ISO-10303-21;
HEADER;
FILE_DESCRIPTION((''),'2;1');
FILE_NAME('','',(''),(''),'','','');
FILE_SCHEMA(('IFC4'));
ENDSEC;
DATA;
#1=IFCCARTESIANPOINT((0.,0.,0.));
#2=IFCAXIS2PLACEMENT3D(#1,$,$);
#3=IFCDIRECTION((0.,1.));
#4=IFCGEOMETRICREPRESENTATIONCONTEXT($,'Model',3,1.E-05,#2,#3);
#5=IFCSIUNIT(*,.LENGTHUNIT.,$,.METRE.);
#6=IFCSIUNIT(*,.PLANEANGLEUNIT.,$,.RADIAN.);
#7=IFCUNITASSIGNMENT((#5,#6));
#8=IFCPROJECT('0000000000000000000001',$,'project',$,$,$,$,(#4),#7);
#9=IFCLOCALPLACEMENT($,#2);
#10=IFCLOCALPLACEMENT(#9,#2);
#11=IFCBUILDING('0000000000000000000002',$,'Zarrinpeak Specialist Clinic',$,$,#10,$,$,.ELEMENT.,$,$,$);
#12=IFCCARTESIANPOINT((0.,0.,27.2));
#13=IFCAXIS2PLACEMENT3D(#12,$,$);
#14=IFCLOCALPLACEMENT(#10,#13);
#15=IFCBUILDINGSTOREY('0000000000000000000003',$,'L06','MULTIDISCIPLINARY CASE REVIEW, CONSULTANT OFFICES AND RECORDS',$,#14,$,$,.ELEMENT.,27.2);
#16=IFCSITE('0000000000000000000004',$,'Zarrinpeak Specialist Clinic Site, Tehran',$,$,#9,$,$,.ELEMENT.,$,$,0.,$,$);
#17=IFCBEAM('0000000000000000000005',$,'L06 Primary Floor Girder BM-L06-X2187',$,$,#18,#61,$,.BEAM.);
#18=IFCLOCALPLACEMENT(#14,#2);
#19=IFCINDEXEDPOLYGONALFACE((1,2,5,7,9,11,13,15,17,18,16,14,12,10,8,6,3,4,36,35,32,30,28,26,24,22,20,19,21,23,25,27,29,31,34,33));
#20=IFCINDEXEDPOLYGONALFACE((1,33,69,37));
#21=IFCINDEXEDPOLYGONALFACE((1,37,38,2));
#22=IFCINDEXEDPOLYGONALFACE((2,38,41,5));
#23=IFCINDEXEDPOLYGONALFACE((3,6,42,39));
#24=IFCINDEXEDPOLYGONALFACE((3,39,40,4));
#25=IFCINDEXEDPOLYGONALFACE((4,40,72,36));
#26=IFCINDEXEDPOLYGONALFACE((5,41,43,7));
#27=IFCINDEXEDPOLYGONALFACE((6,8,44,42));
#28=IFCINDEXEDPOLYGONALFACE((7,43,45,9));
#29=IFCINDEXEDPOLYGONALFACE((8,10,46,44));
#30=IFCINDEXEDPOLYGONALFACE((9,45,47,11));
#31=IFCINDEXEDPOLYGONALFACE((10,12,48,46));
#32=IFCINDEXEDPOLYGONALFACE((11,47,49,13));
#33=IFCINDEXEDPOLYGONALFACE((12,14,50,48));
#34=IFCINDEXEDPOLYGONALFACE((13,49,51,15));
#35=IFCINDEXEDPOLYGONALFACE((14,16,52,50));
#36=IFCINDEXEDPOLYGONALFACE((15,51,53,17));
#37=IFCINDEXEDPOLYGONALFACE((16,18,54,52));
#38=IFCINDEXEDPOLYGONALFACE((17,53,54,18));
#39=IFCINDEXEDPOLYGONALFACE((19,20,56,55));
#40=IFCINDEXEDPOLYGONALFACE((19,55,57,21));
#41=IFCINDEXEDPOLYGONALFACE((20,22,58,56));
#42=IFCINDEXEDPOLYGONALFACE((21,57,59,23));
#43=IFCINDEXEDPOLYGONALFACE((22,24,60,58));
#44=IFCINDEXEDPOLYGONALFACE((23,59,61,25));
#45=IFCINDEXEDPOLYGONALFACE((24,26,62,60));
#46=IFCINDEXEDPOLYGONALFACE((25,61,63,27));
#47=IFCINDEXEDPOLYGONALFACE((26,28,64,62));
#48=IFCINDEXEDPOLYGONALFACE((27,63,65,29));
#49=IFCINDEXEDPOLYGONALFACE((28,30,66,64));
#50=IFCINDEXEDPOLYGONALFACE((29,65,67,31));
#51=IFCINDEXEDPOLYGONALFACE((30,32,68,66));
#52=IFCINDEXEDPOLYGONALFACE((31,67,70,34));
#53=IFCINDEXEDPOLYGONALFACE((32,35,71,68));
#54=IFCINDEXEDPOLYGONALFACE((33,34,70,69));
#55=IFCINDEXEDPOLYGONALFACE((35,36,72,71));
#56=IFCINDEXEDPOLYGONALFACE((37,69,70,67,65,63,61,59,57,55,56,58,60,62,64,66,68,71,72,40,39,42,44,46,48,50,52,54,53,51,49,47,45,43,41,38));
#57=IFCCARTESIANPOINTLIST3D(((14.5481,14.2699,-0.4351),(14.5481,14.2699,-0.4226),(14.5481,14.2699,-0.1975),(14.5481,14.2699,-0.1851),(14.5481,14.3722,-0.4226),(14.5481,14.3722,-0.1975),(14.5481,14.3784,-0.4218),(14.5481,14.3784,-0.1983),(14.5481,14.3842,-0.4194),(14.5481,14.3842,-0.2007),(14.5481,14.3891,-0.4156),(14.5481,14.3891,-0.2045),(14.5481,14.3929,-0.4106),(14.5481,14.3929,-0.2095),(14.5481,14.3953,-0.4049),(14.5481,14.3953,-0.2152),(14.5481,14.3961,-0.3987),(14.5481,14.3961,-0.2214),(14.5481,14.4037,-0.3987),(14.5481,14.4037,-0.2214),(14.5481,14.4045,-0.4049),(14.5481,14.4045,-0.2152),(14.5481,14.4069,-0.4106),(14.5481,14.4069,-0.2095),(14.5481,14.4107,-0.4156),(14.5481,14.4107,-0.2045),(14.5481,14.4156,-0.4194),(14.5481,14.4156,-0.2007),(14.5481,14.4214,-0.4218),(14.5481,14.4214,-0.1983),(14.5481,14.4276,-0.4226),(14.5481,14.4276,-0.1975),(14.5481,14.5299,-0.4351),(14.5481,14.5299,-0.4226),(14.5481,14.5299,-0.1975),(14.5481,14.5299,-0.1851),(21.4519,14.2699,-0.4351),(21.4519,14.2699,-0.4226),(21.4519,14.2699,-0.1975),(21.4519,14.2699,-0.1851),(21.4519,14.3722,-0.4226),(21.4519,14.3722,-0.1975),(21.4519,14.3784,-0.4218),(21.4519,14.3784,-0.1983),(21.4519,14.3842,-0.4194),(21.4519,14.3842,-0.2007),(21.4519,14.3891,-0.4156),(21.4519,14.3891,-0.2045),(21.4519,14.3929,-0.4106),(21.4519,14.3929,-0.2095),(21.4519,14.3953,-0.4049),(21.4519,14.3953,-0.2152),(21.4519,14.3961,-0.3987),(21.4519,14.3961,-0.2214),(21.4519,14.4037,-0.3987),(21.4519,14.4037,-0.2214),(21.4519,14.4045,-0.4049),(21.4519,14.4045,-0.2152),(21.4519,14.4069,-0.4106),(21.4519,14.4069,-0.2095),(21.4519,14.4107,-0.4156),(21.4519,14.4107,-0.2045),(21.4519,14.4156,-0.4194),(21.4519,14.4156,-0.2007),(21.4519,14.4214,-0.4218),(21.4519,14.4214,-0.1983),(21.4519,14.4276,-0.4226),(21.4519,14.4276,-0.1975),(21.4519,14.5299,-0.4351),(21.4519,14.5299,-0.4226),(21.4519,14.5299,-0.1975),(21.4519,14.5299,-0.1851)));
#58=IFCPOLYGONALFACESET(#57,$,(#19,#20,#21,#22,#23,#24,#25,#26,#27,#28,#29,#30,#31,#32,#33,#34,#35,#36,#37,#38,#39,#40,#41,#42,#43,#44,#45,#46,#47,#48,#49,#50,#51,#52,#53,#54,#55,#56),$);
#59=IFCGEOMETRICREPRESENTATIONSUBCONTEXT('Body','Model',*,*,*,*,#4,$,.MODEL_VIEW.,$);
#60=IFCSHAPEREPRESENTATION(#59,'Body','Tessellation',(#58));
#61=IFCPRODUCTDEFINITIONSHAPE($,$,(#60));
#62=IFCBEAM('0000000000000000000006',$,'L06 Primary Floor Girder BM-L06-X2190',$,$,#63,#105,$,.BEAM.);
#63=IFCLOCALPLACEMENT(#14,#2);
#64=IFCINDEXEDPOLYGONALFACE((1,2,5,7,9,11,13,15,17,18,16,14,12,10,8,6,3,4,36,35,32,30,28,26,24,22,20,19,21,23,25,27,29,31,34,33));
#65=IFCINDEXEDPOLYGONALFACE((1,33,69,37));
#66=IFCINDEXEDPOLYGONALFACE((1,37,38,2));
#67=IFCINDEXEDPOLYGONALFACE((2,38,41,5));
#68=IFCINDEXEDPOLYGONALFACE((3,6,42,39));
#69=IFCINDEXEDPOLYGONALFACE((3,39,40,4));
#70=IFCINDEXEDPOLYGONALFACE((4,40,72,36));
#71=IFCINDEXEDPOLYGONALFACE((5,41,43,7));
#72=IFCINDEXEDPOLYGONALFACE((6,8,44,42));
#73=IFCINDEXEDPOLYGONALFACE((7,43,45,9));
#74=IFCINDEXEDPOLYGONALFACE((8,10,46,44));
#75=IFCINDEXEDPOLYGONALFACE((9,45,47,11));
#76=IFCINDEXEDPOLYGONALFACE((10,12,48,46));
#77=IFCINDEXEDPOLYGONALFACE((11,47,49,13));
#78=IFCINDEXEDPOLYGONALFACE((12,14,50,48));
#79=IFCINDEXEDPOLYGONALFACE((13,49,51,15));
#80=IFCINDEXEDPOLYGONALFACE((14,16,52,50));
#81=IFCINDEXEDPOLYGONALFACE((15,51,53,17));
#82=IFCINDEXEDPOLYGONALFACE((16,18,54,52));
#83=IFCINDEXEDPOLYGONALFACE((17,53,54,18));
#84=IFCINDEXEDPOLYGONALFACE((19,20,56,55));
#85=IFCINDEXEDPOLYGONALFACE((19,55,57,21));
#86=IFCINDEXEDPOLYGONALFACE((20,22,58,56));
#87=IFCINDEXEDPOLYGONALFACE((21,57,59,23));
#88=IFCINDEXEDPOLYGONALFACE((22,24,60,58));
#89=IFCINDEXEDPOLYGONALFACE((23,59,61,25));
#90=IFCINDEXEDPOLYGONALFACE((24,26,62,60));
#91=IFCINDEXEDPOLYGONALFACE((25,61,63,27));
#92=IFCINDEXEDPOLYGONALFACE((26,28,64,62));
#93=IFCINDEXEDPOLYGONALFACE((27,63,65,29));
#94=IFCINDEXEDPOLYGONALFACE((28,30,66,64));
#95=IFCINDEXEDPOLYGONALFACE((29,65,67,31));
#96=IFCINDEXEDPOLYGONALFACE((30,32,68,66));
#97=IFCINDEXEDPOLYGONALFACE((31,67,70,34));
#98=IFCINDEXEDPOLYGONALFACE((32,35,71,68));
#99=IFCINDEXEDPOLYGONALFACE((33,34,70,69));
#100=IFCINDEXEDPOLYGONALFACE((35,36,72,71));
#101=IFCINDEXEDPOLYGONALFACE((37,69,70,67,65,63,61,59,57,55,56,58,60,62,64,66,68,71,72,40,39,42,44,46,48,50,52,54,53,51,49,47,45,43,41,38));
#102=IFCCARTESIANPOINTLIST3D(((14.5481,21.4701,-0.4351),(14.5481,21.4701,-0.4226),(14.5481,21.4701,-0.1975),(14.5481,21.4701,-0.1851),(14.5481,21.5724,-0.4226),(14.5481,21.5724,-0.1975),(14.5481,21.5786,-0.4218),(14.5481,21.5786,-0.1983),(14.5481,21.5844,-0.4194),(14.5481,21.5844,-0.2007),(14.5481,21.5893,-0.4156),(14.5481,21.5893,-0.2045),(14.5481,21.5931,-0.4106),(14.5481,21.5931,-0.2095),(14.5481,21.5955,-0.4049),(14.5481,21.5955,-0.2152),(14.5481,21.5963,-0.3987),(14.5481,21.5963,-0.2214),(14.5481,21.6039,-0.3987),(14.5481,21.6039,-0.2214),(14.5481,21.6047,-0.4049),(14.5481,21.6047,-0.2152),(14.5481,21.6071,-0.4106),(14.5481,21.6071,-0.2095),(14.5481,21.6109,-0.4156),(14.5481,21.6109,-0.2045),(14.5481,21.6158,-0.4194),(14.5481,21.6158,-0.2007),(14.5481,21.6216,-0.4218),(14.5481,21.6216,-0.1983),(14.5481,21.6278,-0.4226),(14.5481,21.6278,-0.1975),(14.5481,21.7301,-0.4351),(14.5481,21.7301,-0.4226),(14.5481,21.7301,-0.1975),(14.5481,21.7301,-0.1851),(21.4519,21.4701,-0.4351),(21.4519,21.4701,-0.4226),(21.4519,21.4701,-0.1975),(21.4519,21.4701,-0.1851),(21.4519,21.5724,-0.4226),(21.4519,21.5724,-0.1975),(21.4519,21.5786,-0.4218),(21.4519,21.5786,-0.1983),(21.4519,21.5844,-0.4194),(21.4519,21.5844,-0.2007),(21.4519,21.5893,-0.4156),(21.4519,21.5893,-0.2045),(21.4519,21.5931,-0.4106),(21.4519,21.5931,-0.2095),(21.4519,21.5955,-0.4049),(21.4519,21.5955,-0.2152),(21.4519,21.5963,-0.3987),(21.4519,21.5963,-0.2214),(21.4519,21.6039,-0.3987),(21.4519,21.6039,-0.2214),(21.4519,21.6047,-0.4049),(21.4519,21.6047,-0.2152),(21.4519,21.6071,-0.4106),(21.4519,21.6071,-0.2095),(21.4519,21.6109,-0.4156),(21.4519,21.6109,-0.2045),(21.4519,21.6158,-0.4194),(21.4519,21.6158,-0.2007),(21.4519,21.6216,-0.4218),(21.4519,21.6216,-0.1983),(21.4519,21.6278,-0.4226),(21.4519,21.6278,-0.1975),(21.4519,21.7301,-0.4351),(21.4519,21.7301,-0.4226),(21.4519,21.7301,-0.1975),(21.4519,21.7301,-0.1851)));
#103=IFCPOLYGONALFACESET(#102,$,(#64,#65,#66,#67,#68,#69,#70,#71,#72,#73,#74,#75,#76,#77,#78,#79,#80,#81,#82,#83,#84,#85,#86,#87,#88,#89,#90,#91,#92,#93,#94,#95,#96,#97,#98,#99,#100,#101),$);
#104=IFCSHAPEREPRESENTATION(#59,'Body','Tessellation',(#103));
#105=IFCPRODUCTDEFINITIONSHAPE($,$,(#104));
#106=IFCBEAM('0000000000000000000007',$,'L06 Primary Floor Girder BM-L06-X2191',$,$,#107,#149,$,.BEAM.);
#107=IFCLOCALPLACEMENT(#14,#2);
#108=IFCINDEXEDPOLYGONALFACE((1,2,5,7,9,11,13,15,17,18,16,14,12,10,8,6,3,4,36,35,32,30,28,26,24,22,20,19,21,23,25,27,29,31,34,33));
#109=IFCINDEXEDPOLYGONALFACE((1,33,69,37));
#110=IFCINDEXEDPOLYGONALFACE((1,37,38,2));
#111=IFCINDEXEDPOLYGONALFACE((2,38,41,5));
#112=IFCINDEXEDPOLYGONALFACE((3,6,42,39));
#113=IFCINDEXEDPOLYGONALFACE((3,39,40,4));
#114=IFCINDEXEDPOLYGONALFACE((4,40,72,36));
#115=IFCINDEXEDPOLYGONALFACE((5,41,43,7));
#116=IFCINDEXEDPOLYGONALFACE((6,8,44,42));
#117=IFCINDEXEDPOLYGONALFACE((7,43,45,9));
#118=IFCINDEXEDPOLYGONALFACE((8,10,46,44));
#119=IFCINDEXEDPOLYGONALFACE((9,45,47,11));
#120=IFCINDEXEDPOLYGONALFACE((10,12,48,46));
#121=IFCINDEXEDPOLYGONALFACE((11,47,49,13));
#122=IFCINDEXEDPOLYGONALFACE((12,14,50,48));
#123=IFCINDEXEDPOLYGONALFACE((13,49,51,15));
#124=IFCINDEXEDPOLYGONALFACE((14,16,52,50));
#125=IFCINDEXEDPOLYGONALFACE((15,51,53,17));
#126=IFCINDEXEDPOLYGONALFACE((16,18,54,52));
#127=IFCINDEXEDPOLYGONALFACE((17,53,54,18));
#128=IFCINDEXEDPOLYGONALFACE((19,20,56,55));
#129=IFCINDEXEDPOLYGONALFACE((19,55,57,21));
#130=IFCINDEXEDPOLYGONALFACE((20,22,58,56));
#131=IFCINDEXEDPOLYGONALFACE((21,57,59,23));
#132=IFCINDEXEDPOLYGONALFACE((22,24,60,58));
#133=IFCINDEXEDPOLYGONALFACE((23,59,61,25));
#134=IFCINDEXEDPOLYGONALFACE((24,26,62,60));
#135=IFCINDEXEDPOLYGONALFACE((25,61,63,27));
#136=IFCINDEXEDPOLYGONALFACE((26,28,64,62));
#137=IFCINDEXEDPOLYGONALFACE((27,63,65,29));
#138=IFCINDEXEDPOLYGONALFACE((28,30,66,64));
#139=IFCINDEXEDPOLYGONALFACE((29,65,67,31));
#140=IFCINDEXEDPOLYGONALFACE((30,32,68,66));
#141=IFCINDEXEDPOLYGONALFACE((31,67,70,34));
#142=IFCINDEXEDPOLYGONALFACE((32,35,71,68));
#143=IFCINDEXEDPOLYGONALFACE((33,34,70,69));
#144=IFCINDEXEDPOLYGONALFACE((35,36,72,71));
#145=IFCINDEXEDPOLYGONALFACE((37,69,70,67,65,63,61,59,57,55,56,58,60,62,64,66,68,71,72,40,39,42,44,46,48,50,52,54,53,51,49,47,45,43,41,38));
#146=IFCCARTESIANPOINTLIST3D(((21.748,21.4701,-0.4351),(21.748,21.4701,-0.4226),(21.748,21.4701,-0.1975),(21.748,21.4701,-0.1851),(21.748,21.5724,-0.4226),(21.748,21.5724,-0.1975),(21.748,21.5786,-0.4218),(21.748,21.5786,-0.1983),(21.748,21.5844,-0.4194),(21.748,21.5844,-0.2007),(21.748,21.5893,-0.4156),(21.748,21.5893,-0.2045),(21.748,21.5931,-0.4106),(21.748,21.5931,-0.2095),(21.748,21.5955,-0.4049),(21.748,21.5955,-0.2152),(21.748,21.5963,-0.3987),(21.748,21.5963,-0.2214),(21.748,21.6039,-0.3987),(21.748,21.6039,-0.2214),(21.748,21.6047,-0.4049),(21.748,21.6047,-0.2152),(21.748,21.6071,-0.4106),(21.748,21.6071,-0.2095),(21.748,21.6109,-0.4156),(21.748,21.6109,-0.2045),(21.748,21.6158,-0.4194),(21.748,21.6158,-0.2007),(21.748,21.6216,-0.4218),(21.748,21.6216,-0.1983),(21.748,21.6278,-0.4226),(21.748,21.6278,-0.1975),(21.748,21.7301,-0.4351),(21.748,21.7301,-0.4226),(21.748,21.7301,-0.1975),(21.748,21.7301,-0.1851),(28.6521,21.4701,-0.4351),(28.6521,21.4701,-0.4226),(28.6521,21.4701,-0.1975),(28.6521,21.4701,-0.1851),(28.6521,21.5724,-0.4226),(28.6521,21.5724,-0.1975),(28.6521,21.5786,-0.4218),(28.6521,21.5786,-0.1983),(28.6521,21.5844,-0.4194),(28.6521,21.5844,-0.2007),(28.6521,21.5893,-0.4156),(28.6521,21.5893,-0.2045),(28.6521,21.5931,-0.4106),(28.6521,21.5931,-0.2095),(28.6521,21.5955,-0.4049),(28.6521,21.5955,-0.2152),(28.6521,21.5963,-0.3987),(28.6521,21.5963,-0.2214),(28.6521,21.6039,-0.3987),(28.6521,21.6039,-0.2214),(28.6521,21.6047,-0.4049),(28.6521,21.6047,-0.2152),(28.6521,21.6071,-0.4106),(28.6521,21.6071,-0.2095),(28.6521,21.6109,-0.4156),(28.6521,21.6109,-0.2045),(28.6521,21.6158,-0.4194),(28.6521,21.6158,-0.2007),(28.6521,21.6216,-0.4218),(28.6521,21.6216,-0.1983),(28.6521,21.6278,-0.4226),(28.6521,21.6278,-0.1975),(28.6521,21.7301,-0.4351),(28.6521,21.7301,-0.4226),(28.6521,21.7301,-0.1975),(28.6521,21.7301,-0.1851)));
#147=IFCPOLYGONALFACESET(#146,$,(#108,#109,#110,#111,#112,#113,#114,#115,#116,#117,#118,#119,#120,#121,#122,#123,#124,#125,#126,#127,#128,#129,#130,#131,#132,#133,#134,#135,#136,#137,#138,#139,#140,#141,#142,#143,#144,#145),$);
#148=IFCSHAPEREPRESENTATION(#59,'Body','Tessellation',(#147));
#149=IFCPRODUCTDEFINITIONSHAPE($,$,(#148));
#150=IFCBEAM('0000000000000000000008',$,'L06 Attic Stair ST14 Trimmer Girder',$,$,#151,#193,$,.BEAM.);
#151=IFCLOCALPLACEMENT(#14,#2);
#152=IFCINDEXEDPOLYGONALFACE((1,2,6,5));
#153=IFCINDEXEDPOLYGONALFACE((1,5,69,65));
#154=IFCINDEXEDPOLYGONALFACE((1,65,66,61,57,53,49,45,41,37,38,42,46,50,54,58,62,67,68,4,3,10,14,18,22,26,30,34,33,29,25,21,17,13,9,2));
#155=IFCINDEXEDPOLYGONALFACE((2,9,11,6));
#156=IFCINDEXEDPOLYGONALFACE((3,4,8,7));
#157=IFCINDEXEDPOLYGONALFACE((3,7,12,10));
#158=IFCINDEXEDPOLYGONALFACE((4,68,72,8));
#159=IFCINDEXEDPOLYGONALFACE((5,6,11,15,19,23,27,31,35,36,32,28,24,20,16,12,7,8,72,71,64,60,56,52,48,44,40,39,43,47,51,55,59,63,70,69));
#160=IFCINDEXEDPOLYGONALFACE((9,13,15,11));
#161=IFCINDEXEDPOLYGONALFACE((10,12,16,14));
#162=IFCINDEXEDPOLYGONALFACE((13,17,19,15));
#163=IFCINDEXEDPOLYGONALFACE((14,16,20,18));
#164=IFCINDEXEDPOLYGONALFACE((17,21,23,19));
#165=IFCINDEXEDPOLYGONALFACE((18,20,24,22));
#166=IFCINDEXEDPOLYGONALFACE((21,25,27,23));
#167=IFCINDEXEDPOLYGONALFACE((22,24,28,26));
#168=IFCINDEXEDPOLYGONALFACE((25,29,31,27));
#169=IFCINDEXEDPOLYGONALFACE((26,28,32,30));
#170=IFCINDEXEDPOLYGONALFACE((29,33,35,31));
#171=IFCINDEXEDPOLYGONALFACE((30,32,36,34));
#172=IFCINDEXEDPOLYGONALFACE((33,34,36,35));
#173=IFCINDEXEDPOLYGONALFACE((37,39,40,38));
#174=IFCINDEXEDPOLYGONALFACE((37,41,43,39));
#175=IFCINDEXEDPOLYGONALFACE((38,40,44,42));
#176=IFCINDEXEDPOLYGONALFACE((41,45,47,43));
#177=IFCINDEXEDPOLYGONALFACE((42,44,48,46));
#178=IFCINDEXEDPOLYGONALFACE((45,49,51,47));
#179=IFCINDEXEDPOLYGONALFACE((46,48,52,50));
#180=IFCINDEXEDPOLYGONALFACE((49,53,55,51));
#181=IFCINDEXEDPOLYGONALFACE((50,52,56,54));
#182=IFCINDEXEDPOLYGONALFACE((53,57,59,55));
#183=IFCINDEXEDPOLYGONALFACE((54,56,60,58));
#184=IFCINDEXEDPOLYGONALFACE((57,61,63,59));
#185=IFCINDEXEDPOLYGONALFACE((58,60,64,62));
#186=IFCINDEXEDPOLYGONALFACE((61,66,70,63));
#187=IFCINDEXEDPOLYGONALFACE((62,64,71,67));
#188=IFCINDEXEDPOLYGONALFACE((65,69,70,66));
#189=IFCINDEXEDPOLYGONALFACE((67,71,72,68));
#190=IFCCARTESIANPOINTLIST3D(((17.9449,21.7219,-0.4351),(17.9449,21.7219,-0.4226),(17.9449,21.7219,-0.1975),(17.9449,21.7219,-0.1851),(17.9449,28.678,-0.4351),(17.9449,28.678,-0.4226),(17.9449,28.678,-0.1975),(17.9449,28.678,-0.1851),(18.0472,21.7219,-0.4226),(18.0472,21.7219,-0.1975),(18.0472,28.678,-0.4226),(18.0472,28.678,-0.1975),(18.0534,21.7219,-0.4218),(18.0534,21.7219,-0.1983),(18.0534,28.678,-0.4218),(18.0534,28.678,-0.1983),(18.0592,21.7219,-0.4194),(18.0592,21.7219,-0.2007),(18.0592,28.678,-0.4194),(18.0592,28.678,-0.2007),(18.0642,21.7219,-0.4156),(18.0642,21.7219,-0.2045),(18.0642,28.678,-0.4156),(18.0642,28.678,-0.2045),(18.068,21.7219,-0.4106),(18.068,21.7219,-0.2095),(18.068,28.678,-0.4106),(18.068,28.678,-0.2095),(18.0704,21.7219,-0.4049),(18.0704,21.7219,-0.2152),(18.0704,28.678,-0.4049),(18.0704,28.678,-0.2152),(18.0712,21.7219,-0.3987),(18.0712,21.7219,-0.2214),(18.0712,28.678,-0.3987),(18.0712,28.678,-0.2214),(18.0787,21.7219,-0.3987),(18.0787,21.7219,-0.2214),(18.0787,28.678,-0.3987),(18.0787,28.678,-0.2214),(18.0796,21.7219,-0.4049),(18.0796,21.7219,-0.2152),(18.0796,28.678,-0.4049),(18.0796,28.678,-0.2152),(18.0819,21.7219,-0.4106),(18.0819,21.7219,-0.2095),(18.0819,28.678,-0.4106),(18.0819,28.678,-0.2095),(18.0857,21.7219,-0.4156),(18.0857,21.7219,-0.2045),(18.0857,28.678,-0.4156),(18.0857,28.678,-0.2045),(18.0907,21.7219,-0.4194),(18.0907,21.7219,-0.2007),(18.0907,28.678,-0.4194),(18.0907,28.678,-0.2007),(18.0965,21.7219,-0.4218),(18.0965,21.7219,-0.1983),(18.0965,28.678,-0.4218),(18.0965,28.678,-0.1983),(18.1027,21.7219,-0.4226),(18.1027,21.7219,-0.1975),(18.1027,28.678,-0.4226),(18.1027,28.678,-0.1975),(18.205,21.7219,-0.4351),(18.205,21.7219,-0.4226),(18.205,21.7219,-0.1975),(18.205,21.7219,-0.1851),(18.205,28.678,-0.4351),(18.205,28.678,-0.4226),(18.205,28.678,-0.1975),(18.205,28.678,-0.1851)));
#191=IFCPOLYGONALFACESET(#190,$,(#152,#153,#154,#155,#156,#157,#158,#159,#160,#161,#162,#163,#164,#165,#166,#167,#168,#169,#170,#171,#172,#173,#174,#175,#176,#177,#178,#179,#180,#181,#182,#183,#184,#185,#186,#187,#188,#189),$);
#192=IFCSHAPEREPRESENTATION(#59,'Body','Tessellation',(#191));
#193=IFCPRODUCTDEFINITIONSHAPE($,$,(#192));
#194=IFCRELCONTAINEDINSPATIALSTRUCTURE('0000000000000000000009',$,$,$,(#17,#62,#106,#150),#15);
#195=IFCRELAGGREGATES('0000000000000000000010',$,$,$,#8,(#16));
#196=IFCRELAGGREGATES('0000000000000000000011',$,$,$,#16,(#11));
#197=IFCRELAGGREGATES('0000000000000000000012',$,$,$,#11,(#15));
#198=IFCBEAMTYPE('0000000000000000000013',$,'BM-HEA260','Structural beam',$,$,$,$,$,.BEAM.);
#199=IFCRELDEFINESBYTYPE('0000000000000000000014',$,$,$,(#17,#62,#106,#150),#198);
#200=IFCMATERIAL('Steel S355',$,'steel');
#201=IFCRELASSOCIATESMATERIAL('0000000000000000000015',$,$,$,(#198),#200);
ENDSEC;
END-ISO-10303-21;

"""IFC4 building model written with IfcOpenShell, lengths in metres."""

from ifc_helpers import new_model, si_unit, direction, frame, origin, origin_2d, place, context, subcontext, project, spatial, i_section, extrude, material, material_profile, profile_set, type_object, element, save


model = new_model("IFC4")

# Units and contexts
model_context = context("Model", 3, precision=1e-05, world=origin(), true_north=direction((0.0, 1.0)))
body_context = subcontext(model_context, "Body", "Model", "MODEL_VIEW")
ifc_project = project(units=[si_unit("LENGTHUNIT", "METRE"), si_unit("PLANEANGLEUNIT", "RADIAN")], contexts=[model_context])

# Site, building, storey
site_placement = place(None, origin())
site = spatial("IfcSite", under=ifc_project, at=site_placement, Name="Zarrinpeak Specialist Clinic Site, Tehran", CompositionType="ELEMENT", RefElevation=0.0)
building_placement = place(site_placement, origin())
building = spatial("IfcBuilding", under=site, at=building_placement, Name="Zarrinpeak Specialist Clinic", CompositionType="ELEMENT")
storey_placement = place(building_placement, frame((0.0, 0.0, 27.2)))
storey = spatial("IfcBuildingStorey", under=building, at=storey_placement, Name="L06", Description="MULTIDISCIPLINARY CASE REVIEW, CONSULTANT OFFICES AND RECORDS", CompositionType="ELEMENT", Elevation=27.2)

# Shared definitions
ifc_material_1 = material(Name="Steel S355", Category="steel")

# Beams
ifc_material_profile_1 = material_profile(ifc_material_1, i_section(OverallWidth=0.26, OverallDepth=0.25, WebThickness=0.0076, FlangeThickness=0.0125, FilletRadius=0.0239, at=origin_2d()), Name="HEA 260")
ifc_profile_set_1 = profile_set([ifc_material_profile_1], Name="Steel S355")
beam_type_1 = type_object("IfcBeamType", Name="BM-HEA260", Description="Structural beam", PredefinedType="BEAM", material=ifc_profile_set_1)
for number, where, z_axis, x_axis, name in (
    (1, (14.5481, 14.3999, -0.3101), (1.0, 0.0, 0.0), (0.0, 1.0, 0.0), "L06 Primary Floor Girder BM-L06-X2187"),
    (2, (14.5481, 21.6001, -0.3101), (1.0, 0.0, 0.0), (0.0, 1.0, 0.0), "L06 Primary Floor Girder BM-L06-X2190"),
):
    element("IfcBeam", number, at=place(storey_placement, frame(where, z_axis=z_axis, x_axis=x_axis)), inside=storey, type_object=beam_type_1, Name=name, PredefinedType="BEAM", context=body_context, shape_type="SweptSolid", body=[
        extrude(i_section(OverallWidth=0.26, OverallDepth=0.25, WebThickness=0.0076, FlangeThickness=0.0125, FilletRadius=0.0239, at=origin_2d()), origin(), (0.0, 0.0, 1.0), 6.9038),
    ])
beam_1_placement = place(storey_placement, frame((21.748, 21.6001, -0.3101), z_axis=(1.0, 0.0, 0.0), x_axis=(0.0, 1.0, 0.0)))
element("IfcBeam", 3, at=beam_1_placement, inside=storey, type_object=beam_type_1, Name="L06 Primary Floor Girder BM-L06-X2191", PredefinedType="BEAM", context=body_context, shape_type="SweptSolid", body=[
    extrude(i_section(OverallWidth=0.26, OverallDepth=0.25, WebThickness=0.0076, FlangeThickness=0.0125, FilletRadius=0.0239, at=origin_2d()), origin(), (0.0, 0.0, 1.0), 6.9041),
])
beam_2_placement = place(storey_placement, frame((18.075, 21.7219, -0.3101), z_axis=(0.0, 1.0, 0.0), x_axis=(-1.0, 0.0, 0.0)))
element("IfcBeam", 4, at=beam_2_placement, inside=storey, type_object=beam_type_1, Name="L06 Attic Stair ST14 Trimmer Girder", PredefinedType="BEAM", context=body_context, shape_type="SweptSolid", body=[
    extrude(i_section(OverallWidth=0.26, OverallDepth=0.25, WebThickness=0.0076, FlangeThickness=0.0125, FilletRadius=0.0239, at=origin_2d()), origin(), (0.0, 0.0, 1.0), 6.9561),
])

save(model, "model.ifc")
